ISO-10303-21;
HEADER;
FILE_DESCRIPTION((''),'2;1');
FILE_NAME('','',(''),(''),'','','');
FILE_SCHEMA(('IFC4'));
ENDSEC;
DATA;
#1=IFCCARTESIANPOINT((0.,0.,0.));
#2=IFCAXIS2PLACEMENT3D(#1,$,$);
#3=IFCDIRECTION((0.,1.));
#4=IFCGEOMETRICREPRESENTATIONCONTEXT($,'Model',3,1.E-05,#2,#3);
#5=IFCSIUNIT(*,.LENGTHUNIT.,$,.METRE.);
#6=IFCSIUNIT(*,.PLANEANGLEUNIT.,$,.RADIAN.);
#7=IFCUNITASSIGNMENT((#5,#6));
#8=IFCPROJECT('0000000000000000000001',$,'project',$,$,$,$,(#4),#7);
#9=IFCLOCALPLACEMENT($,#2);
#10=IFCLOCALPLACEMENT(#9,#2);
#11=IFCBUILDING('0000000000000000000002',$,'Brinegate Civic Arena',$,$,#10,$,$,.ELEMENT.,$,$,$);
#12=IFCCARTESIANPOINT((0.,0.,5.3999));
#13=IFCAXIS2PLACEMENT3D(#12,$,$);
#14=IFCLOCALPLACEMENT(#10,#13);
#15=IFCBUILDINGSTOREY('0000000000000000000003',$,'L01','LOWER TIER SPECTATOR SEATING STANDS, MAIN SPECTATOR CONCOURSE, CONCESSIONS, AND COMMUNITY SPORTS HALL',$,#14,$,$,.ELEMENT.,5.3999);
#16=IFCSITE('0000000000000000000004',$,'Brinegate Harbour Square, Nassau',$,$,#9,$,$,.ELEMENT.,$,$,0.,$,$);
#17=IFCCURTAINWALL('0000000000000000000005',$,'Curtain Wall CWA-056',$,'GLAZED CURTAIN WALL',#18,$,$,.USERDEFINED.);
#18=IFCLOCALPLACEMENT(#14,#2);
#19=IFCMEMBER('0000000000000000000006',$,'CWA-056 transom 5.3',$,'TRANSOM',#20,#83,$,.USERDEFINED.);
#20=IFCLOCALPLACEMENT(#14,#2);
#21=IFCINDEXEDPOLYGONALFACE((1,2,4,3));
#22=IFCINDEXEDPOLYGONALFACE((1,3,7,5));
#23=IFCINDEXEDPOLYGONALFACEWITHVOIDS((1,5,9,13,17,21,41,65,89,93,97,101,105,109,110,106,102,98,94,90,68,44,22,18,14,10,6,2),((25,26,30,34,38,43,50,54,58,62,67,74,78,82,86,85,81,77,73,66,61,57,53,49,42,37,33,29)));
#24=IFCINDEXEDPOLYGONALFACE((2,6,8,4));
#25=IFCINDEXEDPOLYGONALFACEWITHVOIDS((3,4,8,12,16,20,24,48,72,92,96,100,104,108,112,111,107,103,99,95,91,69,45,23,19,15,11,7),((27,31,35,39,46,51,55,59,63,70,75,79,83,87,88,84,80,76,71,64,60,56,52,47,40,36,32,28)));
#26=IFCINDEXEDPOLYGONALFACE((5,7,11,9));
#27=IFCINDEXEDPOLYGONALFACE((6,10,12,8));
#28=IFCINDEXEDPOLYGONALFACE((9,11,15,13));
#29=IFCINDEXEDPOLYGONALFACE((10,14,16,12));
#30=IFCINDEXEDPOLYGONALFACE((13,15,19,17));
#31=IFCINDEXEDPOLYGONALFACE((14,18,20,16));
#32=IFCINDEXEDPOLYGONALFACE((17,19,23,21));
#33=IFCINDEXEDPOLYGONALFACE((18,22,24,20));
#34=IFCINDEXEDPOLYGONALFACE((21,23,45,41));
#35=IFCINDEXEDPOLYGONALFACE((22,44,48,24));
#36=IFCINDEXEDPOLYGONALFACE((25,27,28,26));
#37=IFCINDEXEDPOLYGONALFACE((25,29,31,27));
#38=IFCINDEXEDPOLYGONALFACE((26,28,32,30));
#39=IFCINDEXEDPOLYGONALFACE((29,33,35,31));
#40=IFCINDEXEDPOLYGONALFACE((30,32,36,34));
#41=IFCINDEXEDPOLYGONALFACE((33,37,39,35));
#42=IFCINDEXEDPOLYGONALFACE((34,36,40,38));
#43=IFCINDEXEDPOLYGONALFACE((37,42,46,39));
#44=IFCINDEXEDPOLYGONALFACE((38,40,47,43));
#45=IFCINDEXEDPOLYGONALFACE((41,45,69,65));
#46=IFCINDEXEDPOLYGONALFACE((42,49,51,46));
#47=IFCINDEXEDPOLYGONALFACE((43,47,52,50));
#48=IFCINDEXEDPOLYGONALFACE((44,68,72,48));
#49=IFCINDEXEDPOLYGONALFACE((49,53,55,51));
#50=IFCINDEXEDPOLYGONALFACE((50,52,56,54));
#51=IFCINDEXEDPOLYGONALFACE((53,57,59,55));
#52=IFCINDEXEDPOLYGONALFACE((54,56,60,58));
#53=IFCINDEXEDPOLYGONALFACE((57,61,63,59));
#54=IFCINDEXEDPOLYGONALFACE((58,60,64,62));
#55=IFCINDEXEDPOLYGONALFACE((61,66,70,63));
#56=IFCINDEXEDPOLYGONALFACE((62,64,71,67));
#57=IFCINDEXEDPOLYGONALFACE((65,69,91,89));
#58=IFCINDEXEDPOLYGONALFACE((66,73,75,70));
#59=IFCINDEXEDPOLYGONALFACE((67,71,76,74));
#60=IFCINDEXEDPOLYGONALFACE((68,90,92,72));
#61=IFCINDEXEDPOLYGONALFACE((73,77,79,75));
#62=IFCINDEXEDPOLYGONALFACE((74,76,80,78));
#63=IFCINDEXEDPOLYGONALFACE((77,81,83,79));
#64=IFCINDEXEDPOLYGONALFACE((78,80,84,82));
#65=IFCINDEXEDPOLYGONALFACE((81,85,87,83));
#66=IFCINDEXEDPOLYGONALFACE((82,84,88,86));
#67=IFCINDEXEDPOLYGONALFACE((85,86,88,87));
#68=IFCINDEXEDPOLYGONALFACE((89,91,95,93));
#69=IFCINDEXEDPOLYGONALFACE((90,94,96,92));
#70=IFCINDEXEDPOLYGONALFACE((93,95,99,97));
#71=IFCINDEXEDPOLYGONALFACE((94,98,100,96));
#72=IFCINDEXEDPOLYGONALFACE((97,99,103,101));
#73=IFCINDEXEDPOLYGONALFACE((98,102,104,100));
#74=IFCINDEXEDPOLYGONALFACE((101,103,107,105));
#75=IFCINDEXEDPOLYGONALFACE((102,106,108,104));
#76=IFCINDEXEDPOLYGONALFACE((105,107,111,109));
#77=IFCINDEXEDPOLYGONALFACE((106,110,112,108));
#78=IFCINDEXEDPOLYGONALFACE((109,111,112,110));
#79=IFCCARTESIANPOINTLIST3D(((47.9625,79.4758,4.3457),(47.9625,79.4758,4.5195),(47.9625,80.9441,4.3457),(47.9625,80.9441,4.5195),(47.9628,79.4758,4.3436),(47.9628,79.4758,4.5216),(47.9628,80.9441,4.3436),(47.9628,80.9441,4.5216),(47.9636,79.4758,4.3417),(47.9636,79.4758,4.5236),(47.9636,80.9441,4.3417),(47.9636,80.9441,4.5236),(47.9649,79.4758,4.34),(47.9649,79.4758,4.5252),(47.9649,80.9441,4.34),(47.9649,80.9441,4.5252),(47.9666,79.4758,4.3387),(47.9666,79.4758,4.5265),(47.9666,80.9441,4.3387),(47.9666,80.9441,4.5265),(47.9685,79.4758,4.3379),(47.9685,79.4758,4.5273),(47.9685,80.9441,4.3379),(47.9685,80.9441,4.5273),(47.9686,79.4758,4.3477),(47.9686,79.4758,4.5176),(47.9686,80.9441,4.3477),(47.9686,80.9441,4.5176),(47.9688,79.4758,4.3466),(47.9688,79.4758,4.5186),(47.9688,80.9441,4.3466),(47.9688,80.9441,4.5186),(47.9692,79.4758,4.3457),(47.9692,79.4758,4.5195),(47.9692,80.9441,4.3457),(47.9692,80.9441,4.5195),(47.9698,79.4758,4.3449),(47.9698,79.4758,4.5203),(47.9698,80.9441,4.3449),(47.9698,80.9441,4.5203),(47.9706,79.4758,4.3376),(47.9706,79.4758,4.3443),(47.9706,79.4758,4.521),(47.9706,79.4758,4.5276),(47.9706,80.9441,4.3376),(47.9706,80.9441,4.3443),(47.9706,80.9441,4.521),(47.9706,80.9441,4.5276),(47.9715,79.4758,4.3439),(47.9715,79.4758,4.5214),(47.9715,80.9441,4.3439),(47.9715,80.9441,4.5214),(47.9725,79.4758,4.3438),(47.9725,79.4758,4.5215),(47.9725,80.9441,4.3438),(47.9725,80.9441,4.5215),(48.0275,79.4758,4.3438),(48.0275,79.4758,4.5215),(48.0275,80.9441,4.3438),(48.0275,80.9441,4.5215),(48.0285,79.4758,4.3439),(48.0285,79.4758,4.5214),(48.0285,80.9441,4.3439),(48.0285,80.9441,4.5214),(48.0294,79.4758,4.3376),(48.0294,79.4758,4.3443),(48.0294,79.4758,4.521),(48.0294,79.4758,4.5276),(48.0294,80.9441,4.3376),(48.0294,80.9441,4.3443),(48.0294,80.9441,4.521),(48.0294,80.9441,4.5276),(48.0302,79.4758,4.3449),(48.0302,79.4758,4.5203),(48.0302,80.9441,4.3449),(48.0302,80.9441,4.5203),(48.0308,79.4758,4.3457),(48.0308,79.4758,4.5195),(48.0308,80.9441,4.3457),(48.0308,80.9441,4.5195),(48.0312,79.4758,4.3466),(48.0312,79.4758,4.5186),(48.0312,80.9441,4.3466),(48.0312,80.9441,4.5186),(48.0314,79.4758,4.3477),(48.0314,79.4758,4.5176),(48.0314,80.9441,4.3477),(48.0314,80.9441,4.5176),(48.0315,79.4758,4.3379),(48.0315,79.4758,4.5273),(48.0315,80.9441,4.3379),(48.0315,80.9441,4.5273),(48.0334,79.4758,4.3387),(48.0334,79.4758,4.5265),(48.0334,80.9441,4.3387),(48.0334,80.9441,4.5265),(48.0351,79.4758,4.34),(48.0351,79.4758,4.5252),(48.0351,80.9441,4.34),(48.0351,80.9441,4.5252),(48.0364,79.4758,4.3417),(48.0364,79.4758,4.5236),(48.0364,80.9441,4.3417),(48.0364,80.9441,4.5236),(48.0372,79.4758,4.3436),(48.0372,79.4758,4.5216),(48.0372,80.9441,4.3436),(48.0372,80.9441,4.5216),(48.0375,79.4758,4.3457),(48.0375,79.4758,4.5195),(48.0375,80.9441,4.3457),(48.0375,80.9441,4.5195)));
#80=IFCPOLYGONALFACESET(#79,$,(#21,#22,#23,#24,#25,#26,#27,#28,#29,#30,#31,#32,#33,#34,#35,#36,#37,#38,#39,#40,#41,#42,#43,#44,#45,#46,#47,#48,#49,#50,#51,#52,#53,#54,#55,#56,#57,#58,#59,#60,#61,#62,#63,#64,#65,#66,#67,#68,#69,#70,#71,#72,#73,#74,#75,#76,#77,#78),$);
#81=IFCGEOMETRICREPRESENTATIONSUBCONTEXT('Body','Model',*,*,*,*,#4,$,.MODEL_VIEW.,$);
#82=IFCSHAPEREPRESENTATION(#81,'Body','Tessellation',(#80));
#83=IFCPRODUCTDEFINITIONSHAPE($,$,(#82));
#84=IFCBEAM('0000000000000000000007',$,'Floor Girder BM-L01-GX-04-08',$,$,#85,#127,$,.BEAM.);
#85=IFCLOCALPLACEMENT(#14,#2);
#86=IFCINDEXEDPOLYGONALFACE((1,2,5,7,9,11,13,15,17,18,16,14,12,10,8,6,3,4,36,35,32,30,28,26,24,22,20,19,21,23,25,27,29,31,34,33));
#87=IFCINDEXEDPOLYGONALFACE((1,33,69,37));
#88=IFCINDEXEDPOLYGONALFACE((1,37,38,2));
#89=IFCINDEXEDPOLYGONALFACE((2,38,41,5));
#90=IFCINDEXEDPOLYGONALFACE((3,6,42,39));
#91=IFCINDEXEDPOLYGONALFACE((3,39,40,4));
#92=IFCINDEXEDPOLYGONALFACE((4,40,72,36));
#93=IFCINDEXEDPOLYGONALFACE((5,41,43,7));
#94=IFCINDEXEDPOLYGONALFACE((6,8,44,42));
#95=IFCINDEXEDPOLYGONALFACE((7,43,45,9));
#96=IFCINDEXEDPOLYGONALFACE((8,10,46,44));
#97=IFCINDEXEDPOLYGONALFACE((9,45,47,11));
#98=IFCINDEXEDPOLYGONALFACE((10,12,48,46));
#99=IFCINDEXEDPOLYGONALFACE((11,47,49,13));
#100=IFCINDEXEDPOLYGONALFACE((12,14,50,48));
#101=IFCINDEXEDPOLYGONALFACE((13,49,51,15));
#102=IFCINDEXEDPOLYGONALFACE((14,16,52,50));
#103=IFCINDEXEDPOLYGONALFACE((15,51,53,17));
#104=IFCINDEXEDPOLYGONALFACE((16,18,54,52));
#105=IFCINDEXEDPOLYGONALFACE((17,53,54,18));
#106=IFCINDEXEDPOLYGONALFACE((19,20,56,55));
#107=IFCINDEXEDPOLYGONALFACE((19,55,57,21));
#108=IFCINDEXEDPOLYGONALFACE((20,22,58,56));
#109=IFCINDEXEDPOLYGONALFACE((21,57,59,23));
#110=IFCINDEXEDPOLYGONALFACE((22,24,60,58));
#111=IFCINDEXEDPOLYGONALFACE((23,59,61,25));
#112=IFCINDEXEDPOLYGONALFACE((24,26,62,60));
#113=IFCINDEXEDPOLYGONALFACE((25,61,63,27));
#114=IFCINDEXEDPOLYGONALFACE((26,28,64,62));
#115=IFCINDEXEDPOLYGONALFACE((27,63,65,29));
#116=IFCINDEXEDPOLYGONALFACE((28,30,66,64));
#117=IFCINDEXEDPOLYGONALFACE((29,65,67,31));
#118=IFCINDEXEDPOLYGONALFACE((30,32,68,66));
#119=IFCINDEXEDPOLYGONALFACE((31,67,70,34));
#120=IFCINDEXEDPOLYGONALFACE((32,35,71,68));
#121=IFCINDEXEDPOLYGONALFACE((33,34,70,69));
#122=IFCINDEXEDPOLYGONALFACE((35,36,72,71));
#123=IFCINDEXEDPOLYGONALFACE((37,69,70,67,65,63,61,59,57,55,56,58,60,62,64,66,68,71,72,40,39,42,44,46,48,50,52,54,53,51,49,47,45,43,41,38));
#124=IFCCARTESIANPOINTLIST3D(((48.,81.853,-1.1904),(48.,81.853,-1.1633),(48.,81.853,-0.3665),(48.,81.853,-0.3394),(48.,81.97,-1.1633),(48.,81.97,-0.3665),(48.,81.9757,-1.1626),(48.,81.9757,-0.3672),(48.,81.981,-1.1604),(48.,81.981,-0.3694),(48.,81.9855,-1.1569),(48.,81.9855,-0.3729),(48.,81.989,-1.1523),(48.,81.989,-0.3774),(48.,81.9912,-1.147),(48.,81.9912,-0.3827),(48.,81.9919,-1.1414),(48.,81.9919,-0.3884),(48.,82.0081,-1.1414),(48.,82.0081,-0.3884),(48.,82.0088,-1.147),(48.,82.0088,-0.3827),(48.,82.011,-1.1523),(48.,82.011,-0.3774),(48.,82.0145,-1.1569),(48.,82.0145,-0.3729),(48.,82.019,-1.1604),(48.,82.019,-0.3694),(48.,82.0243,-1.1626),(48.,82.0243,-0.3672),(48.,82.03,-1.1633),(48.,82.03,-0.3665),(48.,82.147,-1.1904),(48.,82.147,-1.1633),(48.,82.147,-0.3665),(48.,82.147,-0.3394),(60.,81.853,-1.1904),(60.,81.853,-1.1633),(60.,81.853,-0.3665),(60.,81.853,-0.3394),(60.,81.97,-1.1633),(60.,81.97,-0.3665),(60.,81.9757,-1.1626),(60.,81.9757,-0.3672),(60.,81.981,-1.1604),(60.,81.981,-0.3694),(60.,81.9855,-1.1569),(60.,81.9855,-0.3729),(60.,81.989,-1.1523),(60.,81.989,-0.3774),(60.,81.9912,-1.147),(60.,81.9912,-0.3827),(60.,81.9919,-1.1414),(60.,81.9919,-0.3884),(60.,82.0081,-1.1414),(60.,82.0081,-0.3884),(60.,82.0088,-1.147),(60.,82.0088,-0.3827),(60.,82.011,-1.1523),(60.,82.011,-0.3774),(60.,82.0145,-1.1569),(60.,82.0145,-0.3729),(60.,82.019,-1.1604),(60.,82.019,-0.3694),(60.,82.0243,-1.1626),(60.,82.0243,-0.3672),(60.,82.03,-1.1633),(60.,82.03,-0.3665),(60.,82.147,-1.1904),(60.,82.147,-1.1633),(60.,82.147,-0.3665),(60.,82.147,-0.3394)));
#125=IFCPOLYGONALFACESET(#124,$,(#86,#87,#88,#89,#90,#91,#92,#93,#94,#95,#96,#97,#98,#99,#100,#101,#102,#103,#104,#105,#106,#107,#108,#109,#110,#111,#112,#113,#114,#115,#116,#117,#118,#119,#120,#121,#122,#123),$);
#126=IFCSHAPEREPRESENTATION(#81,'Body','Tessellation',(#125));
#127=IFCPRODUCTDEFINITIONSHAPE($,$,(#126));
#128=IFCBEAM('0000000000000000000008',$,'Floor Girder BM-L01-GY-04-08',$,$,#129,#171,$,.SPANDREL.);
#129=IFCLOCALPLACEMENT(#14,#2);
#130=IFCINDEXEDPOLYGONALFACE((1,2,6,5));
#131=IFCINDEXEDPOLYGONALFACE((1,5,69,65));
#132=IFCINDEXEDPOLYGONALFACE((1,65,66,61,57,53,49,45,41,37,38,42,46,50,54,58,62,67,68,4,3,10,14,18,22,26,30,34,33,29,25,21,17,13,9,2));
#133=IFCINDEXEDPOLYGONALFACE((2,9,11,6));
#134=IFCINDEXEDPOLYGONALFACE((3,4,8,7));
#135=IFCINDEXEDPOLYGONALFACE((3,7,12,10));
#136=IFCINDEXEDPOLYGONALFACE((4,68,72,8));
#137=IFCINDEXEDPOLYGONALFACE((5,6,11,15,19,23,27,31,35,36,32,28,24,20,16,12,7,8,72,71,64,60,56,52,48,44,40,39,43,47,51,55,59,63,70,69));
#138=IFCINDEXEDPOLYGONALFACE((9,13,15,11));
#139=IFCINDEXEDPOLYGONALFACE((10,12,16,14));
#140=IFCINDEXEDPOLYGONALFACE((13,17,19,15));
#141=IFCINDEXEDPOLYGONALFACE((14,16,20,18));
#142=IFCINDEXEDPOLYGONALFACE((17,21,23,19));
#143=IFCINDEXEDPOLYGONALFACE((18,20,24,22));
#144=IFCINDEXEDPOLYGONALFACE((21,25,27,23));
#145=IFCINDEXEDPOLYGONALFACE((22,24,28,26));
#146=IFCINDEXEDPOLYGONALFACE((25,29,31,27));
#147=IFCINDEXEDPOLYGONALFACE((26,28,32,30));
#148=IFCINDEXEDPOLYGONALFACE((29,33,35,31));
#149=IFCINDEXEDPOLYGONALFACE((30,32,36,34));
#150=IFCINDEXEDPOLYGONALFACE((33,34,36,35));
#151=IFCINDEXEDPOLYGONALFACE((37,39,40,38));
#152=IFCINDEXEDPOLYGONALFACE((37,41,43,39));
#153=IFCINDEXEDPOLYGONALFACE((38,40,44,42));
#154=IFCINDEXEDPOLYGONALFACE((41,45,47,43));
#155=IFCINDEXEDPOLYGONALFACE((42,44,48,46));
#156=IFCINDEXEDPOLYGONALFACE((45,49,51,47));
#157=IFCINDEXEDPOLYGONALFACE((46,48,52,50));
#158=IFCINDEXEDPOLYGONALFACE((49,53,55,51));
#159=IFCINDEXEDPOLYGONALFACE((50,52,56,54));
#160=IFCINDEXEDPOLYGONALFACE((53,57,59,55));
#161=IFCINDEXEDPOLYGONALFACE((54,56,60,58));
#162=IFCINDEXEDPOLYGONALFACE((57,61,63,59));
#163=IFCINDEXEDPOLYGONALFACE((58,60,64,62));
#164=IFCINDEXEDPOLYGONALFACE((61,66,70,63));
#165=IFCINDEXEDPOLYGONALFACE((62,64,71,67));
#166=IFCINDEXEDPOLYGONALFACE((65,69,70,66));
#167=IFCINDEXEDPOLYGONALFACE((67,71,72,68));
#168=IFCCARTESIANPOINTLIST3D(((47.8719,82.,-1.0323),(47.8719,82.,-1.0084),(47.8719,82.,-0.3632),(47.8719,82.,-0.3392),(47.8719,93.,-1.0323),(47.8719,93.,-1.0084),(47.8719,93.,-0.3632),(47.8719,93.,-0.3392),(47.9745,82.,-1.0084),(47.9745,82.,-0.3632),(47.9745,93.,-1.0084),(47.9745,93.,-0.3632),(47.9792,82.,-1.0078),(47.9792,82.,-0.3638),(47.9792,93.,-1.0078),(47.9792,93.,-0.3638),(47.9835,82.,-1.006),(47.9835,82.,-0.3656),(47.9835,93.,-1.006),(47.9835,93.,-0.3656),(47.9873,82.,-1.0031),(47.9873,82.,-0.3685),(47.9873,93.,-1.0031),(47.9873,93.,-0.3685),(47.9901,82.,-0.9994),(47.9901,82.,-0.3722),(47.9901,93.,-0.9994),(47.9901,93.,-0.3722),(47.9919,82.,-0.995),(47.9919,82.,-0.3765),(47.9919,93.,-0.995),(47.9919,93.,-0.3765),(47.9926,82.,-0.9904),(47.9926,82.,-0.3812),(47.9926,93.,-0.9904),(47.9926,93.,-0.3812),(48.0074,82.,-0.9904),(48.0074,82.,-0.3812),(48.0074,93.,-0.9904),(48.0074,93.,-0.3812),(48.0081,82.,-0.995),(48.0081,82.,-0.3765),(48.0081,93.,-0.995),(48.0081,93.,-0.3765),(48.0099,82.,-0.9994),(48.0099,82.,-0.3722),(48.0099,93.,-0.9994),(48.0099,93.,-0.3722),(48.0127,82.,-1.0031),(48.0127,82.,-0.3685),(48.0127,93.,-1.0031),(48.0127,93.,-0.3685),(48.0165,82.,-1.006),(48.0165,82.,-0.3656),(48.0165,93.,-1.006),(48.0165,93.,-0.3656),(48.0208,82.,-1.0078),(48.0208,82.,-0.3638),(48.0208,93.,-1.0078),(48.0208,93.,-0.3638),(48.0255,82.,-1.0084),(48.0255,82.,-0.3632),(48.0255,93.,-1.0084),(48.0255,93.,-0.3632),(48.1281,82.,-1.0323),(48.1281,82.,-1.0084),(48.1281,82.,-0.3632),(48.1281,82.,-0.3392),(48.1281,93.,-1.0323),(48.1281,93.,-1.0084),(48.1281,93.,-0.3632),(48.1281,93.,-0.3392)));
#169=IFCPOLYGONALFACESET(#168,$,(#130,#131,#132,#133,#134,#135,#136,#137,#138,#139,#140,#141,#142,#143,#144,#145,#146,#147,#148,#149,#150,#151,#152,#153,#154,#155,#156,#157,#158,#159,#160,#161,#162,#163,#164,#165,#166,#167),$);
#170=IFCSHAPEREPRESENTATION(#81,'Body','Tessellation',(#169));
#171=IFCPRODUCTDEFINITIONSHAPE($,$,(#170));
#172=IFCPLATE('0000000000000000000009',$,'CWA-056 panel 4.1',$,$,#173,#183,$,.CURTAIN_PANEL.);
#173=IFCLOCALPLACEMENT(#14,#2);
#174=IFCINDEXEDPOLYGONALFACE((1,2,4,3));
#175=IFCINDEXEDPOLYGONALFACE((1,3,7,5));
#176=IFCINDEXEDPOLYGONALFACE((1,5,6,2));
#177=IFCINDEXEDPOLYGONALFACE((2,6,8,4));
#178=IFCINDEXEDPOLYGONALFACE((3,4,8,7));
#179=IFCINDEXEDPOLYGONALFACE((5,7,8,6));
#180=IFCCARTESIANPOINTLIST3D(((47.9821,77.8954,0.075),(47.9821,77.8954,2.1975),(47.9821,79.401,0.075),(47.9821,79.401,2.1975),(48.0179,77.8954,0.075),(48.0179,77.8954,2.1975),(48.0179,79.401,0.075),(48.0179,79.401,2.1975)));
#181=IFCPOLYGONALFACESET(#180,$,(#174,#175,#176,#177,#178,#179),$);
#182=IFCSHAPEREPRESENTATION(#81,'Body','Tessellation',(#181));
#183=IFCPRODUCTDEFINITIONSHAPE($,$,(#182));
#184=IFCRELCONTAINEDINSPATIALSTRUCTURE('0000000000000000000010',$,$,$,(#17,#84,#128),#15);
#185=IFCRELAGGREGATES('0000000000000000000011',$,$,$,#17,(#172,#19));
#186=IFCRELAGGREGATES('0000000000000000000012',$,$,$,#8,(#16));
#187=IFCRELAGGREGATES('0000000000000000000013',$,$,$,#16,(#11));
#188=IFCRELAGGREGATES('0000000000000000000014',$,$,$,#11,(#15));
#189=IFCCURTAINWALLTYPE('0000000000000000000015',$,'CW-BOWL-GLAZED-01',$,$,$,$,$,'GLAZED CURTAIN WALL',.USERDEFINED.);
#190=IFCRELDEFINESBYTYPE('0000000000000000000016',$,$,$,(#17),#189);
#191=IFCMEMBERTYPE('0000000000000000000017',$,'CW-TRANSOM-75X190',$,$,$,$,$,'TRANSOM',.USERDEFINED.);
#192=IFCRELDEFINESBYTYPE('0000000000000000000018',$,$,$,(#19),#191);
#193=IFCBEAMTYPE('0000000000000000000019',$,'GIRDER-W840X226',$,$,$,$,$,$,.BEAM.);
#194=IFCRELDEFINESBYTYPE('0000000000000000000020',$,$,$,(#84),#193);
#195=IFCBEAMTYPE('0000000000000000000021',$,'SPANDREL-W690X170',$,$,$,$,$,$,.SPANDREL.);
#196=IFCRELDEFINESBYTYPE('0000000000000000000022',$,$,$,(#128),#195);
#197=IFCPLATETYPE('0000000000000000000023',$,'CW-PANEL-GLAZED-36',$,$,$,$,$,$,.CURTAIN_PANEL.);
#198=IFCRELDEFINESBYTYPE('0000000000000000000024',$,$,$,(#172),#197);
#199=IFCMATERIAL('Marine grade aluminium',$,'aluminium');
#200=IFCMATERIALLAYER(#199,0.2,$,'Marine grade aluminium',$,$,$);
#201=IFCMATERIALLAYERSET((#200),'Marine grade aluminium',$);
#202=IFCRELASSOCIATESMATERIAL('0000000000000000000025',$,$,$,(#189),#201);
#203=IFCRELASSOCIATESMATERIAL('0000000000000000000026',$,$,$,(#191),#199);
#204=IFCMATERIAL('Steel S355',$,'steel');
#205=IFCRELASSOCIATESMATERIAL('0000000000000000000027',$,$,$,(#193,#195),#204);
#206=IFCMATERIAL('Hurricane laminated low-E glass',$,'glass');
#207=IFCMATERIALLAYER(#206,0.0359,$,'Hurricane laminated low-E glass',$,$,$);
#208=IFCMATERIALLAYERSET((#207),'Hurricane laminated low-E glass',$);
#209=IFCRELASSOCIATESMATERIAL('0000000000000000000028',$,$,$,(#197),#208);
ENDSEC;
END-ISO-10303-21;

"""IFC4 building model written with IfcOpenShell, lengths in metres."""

from ifc_helpers import new_model, si_unit, direction, frame, origin, origin_2d, place, context, subcontext, project, spatial, rectangle, hollow_rectangle, i_section, extrude, material, layer, layer_set, material_profile, profile_set, type_object, element, aggregate, save


model = new_model("IFC4")

# Units and contexts
model_context = context("Model", 3, precision=1e-05, world=origin(), true_north=direction((0.0, 1.0)))
body_context = subcontext(model_context, "Body", "Model", "MODEL_VIEW")
ifc_project = project(units=[si_unit("LENGTHUNIT", "METRE"), si_unit("PLANEANGLEUNIT", "RADIAN")], contexts=[model_context])

# Site, building, storey
site_placement = place(None, origin())
site = spatial("IfcSite", under=ifc_project, at=site_placement, Name="Brinegate Harbour Square, Nassau", CompositionType="ELEMENT", RefElevation=0.0)
building_placement = place(site_placement, origin())
building = spatial("IfcBuilding", under=site, at=building_placement, Name="Brinegate Civic Arena", CompositionType="ELEMENT")
storey_placement = place(building_placement, frame((0.0, 0.0, 5.3999)))
storey = spatial("IfcBuildingStorey", under=building, at=storey_placement, Name="L01", Description="LOWER TIER SPECTATOR SEATING STANDS, MAIN SPECTATOR CONCOURSE, CONCESSIONS, AND COMMUNITY SPORTS HALL", CompositionType="ELEMENT", Elevation=5.3999)

# Shared definitions
ifc_material_1 = material(Name="Steel S355", Category="steel")

# Shared definitions
ifc_material_2 = material(Name="Marine grade aluminium", Category="aluminium")
ifc_layer_1 = layer(ifc_material_2, 0.2, Name="Marine grade aluminium")
ifc_layer_set_1 = layer_set([ifc_layer_1], Name="Marine grade aluminium")
curtain_wall_type = type_object("IfcCurtainWallType", Name="CW-BOWL-GLAZED-01", ElementType="GLAZED CURTAIN WALL", PredefinedType="USERDEFINED", material=ifc_layer_set_1)

# Curtain wall
curtain_wall_1_placement = place(storey_placement, origin())
curtain_wall_1 = element("IfcCurtainWall", 1, at=curtain_wall_1_placement, inside=storey, type_object=curtain_wall_type, Name="Curtain Wall CWA-056", ObjectType="GLAZED CURTAIN WALL", PredefinedType="USERDEFINED")

# Member
ifc_material_profile_1 = material_profile(ifc_material_2, hollow_rectangle(XDim=0.075, YDim=0.1899, WallThickness=0.0061, InnerFilletRadius=0.0039, OuterFilletRadius=0.0081, at=origin_2d()), Name="TRN75X190")
ifc_profile_set_1 = profile_set([ifc_material_profile_1], Name="Marine grade aluminium")
member_type_1 = type_object("IfcMemberType", Name="CW-TRANSOM-75X190", ElementType="TRANSOM", PredefinedType="USERDEFINED", material=ifc_profile_set_1)
member_1_placement = place(storey_placement, frame((48.0, 79.4758, 4.4326), z_axis=(0.0, 1.0, 0.0), x_axis=(-1.0, 0.0, 0.0)))
member_1 = element("IfcMember", 2, at=member_1_placement, type_object=member_type_1, Name="CWA-056 transom 5.3", ObjectType="TRANSOM", PredefinedType="USERDEFINED", context=body_context, shape_type="SweptSolid", body=[
    extrude(hollow_rectangle(XDim=0.075, YDim=0.1899, WallThickness=0.0061, InnerFilletRadius=0.0039, OuterFilletRadius=0.0081, at=origin_2d()), origin(), (0.0, 0.0, 1.0), 1.4683),
])

# Beams
ifc_material_profile_2 = material_profile(ifc_material_1, i_section(OverallWidth=0.2939, OverallDepth=0.8511, WebThickness=0.0161, FlangeThickness=0.0271, FilletRadius=0.022, at=origin_2d()), Name="W840X226")
ifc_profile_set_2 = profile_set([ifc_material_profile_2], Name="Steel S355")
beam_type_1 = type_object("IfcBeamType", Name="GIRDER-W840X226", PredefinedType="BEAM", material=ifc_profile_set_2)
beam_1_placement = place(storey_placement, frame((48.0, 82.0, -0.7649), z_axis=(1.0, 0.0, 0.0), x_axis=(0.0, 1.0, 0.0)))
element("IfcBeam", 3, at=beam_1_placement, inside=storey, type_object=beam_type_1, Name="Floor Girder BM-L01-GX-04-08", PredefinedType="BEAM", context=body_context, shape_type="SweptSolid", body=[
    extrude(i_section(OverallWidth=0.2939, OverallDepth=0.8511, WebThickness=0.0161, FlangeThickness=0.0271, FilletRadius=0.022, at=origin_2d()), origin(), (0.0, 0.0, 1.0), 12.0),
])
ifc_material_profile_3 = material_profile(ifc_material_1, i_section(OverallWidth=0.2561, OverallDepth=0.6931, WebThickness=0.0149, FlangeThickness=0.0239, FilletRadius=0.0181, at=origin_2d()), Name="W690X170")
ifc_profile_set_3 = profile_set([ifc_material_profile_3], Name="Steel S355")
beam_type_2 = type_object("IfcBeamType", Name="SPANDREL-W690X170", PredefinedType="SPANDREL", material=ifc_profile_set_3)
beam_2_placement = place(storey_placement, frame((48.0, 82.0, -0.6858), z_axis=(0.0, 1.0, 0.0), x_axis=(-1.0, 0.0, 0.0)))
element("IfcBeam", 4, at=beam_2_placement, inside=storey, type_object=beam_type_2, Name="Floor Girder BM-L01-GY-04-08", PredefinedType="SPANDREL", context=body_context, shape_type="SweptSolid", body=[
    extrude(i_section(OverallWidth=0.2561, OverallDepth=0.6931, WebThickness=0.0149, FlangeThickness=0.0239, FilletRadius=0.0181, at=origin_2d()), origin(), (0.0, 0.0, 1.0), 11.0),
])

# Plate
ifc_material_3 = material(Name="Hurricane laminated low-E glass", Category="glass")
ifc_layer_2 = layer(ifc_material_3, 0.0359, Name="Hurricane laminated low-E glass")
ifc_layer_set_2 = layer_set([ifc_layer_2], Name="Hurricane laminated low-E glass")
plate_type = type_object("IfcPlateType", Name="CW-PANEL-GLAZED-36", PredefinedType="CURTAIN_PANEL", material=ifc_layer_set_2)
plate_1_placement = place(storey_placement, frame((48.0, 78.6482, 0.075), z_axis=(0.0, 0.0, 1.0), x_axis=(0.0, 1.0, 0.0)))
plate_1 = element("IfcPlate", 5, at=plate_1_placement, type_object=plate_type, Name="CWA-056 panel 4.1", PredefinedType="CURTAIN_PANEL", context=body_context, shape_type="SweptSolid", body=[
    extrude(rectangle(XDim=1.5056, YDim=0.0359, at=origin_2d()), origin(), (0.0, 0.0, 1.0), 2.1226),
])
aggregate(curtain_wall_1, [plate_1, member_1])

save(model, "model.ifc")
